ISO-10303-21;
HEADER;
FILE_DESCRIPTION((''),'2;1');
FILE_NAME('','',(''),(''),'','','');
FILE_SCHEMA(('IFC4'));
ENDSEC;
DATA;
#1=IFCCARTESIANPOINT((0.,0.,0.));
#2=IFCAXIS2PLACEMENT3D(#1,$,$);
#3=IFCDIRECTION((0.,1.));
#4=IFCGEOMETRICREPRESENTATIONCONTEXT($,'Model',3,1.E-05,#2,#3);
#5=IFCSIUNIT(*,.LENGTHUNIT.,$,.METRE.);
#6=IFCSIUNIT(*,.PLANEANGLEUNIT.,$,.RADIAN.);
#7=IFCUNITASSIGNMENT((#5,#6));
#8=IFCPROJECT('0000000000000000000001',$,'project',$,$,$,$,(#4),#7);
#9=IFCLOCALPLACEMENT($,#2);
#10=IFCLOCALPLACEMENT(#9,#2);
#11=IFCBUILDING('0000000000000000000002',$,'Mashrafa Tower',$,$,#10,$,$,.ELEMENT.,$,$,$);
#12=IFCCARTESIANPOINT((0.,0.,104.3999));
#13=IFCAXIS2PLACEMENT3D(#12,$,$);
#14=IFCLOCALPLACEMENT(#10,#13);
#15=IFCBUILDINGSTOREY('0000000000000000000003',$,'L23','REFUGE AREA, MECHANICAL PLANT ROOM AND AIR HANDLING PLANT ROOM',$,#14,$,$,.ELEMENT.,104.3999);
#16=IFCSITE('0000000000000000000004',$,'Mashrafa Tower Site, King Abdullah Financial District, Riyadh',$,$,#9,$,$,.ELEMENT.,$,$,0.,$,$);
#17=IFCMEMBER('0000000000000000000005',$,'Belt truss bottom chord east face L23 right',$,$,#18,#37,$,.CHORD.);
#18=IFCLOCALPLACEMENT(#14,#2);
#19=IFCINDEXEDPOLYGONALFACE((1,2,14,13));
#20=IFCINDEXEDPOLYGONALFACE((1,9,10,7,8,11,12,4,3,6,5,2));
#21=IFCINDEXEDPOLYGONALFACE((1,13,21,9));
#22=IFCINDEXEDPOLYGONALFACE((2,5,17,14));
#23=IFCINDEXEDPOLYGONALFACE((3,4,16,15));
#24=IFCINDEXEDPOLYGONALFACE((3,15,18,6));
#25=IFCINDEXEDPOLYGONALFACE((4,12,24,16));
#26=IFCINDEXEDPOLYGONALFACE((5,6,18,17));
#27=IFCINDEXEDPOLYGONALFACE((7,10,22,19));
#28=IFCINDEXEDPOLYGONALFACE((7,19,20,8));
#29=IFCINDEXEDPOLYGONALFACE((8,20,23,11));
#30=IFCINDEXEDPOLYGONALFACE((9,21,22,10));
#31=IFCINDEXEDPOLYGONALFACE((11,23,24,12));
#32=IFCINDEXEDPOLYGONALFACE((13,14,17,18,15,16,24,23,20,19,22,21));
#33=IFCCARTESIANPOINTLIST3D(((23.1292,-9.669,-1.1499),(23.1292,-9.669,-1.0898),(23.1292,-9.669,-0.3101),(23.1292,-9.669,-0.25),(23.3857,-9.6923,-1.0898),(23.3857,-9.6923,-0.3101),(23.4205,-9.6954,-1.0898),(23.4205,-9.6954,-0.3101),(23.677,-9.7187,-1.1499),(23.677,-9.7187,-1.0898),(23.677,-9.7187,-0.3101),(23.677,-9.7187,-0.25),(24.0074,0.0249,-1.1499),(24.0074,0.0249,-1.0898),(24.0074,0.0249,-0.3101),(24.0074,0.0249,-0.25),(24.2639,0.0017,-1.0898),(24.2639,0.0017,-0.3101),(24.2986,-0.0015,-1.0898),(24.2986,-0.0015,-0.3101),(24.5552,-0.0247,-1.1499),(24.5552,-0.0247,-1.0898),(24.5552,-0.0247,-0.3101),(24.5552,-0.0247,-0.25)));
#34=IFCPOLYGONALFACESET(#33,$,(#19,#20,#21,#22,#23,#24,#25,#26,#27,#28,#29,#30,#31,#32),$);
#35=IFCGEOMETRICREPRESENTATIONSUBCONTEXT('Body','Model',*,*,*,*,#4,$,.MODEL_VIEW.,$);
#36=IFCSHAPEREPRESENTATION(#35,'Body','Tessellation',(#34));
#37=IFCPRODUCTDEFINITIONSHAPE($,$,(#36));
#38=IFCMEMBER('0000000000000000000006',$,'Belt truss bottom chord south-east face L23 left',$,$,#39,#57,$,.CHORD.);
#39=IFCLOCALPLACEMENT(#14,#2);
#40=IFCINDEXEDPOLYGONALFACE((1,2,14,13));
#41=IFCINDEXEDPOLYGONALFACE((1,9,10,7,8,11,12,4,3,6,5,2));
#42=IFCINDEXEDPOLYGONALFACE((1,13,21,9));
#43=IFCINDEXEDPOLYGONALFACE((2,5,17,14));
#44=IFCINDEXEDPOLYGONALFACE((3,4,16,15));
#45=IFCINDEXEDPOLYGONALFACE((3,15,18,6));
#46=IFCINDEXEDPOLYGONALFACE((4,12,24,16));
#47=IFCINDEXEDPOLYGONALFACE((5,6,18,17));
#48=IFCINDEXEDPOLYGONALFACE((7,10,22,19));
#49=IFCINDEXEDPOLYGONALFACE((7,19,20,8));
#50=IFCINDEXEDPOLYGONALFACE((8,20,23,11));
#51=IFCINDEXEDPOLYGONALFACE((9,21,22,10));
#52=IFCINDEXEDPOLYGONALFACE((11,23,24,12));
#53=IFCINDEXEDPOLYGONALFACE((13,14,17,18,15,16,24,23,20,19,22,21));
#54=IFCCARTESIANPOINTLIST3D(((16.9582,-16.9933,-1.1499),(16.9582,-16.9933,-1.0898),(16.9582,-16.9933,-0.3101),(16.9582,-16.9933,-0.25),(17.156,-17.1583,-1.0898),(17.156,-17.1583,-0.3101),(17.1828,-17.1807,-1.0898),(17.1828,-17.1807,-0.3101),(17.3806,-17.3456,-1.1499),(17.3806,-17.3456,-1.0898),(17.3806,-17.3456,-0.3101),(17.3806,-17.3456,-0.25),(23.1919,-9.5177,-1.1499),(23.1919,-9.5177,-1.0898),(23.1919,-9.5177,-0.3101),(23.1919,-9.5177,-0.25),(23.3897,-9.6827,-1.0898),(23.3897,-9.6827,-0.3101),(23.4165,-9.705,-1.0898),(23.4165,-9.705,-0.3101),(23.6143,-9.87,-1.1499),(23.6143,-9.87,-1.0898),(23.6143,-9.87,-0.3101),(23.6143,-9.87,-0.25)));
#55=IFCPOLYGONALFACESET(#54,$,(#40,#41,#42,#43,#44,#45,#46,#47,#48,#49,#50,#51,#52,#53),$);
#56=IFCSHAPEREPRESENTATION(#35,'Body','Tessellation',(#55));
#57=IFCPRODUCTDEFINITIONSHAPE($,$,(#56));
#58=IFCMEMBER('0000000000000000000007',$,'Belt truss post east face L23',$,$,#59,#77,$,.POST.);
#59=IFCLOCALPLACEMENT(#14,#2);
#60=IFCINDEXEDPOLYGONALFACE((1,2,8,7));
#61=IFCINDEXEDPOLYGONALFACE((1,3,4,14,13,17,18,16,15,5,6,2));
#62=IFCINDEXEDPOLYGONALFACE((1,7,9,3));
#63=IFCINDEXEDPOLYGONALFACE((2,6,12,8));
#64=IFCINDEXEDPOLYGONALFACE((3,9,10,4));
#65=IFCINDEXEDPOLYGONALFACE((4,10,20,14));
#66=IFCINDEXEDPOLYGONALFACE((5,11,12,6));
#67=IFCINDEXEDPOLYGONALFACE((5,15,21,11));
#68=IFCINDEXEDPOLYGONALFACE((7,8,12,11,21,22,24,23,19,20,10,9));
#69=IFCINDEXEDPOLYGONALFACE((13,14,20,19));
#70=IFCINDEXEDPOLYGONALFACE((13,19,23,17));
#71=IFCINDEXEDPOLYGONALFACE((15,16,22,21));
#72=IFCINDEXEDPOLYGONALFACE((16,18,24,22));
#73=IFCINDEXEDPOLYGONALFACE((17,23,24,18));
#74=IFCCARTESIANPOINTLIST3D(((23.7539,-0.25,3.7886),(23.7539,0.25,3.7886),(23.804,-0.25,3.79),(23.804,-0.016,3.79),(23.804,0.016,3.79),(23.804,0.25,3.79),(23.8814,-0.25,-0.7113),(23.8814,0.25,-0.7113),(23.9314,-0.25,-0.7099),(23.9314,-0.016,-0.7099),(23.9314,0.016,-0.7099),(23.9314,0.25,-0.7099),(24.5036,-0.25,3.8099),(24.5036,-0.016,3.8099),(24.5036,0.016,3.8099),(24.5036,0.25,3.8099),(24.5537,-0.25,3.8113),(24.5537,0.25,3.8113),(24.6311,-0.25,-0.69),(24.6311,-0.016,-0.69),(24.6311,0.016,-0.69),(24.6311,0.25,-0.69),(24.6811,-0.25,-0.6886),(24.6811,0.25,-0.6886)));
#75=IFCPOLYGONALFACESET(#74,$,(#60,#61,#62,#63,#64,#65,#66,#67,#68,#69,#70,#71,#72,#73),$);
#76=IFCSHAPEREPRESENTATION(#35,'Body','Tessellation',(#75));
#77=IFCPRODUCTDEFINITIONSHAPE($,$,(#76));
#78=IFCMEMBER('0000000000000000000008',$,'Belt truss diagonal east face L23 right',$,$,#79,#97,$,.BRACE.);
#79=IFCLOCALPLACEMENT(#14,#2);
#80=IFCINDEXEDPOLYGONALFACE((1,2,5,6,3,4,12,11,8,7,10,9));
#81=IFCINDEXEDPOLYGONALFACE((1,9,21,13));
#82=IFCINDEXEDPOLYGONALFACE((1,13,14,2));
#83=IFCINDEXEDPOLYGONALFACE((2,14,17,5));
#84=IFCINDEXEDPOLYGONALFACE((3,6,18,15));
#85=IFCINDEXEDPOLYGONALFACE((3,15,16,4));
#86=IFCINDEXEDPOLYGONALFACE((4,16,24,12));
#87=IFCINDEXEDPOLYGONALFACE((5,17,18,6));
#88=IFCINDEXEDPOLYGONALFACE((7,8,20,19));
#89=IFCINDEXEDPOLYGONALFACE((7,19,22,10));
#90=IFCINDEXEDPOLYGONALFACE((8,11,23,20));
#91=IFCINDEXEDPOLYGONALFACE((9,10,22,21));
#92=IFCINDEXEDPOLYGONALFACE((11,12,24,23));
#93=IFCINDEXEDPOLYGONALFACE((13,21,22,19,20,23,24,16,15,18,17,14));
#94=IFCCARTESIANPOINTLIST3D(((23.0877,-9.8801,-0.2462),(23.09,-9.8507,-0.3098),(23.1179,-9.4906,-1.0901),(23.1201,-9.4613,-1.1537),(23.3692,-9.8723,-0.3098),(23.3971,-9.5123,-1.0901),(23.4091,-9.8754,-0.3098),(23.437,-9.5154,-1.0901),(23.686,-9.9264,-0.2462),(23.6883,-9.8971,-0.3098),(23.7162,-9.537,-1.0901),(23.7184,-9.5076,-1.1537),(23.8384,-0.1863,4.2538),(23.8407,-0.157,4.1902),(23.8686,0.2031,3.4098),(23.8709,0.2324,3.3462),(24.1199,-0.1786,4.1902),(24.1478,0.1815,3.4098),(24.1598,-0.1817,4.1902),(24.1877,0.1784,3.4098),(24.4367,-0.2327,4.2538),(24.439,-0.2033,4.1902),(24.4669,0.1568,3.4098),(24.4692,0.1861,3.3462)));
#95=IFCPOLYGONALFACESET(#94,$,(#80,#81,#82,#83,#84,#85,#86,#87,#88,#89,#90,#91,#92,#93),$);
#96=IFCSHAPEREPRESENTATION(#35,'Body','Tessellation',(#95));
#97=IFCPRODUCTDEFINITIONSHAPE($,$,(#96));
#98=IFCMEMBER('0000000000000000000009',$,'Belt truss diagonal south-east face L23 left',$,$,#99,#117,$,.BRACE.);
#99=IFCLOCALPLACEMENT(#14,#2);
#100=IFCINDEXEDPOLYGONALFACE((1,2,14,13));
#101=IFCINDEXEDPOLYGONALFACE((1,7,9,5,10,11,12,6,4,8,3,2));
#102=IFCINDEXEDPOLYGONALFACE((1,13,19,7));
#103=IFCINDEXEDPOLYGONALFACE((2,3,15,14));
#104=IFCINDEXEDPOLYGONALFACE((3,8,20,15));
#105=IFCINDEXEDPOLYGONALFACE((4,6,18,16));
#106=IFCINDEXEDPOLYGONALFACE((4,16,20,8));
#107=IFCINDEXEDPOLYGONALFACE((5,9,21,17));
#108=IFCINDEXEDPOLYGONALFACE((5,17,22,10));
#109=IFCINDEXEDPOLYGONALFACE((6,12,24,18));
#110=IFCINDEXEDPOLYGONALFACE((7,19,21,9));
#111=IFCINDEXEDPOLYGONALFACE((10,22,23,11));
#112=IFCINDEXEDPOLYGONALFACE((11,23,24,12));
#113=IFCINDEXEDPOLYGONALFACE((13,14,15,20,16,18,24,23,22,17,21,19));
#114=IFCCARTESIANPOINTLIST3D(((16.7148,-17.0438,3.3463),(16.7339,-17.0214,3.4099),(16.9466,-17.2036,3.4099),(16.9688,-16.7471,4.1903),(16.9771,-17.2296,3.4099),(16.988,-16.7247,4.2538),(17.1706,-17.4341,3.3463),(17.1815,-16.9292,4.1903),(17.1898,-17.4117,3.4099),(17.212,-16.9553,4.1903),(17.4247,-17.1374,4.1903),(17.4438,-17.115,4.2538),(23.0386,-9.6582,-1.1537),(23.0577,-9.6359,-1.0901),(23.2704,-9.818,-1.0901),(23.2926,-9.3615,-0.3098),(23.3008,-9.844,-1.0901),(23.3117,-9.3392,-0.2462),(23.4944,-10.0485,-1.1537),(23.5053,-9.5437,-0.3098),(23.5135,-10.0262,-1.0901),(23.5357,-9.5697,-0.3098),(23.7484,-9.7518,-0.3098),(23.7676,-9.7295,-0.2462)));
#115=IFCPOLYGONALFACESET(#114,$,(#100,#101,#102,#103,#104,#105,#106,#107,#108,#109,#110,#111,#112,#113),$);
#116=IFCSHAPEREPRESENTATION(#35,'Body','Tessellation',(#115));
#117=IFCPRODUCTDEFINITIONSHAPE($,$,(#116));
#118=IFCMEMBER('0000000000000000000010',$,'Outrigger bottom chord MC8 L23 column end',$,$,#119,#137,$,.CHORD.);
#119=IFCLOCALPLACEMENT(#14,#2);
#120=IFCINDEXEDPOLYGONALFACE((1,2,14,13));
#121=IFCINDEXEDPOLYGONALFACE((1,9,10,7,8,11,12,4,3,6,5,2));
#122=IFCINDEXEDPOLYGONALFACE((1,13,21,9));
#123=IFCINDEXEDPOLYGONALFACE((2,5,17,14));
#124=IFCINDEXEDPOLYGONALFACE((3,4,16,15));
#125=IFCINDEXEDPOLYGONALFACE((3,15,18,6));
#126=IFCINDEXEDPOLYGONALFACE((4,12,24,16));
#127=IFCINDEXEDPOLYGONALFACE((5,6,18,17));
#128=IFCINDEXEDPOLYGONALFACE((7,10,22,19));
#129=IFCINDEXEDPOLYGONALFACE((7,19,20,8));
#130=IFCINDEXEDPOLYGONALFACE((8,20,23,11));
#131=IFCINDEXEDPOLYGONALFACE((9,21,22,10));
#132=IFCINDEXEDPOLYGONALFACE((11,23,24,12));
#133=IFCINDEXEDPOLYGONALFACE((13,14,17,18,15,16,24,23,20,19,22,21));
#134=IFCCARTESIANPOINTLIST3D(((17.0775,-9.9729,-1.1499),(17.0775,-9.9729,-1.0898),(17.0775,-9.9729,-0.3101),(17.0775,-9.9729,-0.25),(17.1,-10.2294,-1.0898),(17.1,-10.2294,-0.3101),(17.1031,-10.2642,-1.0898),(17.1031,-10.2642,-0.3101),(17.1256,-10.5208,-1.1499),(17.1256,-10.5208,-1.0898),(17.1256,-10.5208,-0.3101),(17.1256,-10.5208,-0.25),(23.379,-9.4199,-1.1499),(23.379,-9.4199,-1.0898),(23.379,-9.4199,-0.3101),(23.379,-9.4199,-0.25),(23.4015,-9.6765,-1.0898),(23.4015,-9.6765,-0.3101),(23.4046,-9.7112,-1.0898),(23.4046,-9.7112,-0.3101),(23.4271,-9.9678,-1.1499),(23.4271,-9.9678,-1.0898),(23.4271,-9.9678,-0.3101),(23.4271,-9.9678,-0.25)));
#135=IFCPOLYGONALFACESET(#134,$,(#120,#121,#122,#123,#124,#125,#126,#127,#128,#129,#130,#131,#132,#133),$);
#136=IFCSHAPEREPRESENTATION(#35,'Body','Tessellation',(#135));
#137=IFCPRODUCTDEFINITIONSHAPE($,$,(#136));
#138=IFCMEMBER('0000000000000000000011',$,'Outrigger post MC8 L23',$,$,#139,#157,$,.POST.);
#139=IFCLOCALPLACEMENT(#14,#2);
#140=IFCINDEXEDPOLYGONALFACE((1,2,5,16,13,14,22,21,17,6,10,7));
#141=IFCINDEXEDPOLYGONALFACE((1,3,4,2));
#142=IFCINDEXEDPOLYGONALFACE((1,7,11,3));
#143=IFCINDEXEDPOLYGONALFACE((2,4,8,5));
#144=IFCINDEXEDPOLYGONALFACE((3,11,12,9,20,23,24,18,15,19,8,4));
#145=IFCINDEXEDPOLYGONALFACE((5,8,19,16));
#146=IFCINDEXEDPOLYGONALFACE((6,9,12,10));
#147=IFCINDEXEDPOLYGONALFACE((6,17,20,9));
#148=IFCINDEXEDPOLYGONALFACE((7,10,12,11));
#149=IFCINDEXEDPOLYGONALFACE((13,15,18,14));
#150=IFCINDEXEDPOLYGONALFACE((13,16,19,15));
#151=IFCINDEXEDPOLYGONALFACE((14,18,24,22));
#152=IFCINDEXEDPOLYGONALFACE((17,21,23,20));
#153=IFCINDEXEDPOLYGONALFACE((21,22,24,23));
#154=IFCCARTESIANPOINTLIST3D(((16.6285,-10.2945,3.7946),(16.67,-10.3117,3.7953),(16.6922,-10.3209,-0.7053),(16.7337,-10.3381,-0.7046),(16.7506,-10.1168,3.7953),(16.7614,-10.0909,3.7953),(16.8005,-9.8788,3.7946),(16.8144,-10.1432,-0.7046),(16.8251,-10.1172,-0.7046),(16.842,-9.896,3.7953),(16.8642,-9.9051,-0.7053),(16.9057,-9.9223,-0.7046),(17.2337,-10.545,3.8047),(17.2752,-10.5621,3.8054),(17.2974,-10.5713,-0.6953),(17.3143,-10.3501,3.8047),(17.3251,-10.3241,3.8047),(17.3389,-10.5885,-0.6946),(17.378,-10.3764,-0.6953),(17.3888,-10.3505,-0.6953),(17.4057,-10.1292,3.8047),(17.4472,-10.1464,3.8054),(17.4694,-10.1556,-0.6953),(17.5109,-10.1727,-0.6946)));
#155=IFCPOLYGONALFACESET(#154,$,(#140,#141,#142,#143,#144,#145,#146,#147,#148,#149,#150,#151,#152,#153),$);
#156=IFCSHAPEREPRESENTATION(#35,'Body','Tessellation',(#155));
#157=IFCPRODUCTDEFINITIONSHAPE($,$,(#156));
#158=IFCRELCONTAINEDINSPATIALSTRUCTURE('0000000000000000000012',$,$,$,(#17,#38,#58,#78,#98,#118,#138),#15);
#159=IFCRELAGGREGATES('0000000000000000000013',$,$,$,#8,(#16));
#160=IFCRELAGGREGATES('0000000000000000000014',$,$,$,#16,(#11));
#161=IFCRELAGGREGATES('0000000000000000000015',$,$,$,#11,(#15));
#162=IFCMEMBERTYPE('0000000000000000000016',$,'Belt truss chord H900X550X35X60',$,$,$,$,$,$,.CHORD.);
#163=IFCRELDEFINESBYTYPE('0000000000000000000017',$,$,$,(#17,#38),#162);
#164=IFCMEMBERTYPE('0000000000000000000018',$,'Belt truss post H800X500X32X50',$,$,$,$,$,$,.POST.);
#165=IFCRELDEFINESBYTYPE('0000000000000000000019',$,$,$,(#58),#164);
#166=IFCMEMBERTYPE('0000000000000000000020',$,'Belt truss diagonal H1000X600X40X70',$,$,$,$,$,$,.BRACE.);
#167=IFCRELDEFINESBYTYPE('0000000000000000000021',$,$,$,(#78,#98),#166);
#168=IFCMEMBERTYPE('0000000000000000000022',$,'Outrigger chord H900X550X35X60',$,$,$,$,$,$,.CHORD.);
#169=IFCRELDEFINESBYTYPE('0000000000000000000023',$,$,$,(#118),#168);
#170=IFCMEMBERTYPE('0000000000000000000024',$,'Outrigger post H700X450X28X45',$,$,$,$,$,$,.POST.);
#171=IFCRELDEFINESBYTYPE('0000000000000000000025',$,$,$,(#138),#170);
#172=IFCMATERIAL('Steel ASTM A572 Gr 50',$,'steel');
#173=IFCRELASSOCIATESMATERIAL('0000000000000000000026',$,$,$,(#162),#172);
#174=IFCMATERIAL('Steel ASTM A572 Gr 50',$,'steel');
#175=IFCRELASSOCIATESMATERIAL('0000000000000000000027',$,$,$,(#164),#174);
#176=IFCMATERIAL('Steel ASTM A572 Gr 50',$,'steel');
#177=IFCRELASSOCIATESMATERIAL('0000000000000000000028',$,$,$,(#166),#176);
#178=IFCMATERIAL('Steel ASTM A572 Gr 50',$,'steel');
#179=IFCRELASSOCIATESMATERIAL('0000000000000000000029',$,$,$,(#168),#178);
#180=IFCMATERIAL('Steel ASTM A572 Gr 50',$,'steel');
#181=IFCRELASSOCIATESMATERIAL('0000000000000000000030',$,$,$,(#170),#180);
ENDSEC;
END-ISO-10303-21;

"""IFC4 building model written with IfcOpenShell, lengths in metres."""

from ifc_helpers import new_model, si_unit, direction, frame, origin, origin_2d, place, context, subcontext, project, spatial, i_section, extrude, source, transform, mapped, material, material_profile, profile_set, type_object, type_shapes, element, save


model = new_model("IFC4")

# Units and contexts
model_context = context("Model", 3, precision=1e-05, world=origin(), true_north=direction((0.0, 1.0)))
body_context = subcontext(model_context, "Body", "Model", "MODEL_VIEW")
ifc_project = project(units=[si_unit("LENGTHUNIT", "METRE"), si_unit("PLANEANGLEUNIT", "RADIAN")], contexts=[model_context])

# Site, building, storey
site_placement = place(None, origin())
site = spatial("IfcSite", under=ifc_project, at=site_placement, Name="Mashrafa Tower Site, King Abdullah Financial District, Riyadh", CompositionType="ELEMENT", RefElevation=0.0)
building_placement = place(site_placement, origin())
building = spatial("IfcBuilding", under=site, at=building_placement, Name="Mashrafa Tower", CompositionType="ELEMENT")
storey_placement = place(building_placement, frame((0.0, 0.0, 104.3999)))
storey = spatial("IfcBuildingStorey", under=building, at=storey_placement, Name="L23", Description="REFUGE AREA, MECHANICAL PLANT ROOM AND AIR HANDLING PLANT ROOM", CompositionType="ELEMENT", Elevation=104.3999)

# Members
ifc_material_1 = material(Name="Steel ASTM A572 Gr 50", Category="steel")
ifc_material_profile_1 = material_profile(ifc_material_1, i_section(OverallWidth=0.55, OverallDepth=0.8999, WebThickness=0.0349, FlangeThickness=0.0601, at=origin_2d()), Name="H900X550X35X60")
ifc_profile_set_1 = profile_set([ifc_material_profile_1], Name="Steel ASTM A572 Gr 50")
member_type_1 = type_object("IfcMemberType", Name="Belt truss chord H900X550X35X60", PredefinedType="CHORD", material=ifc_profile_set_1)
shared_shape_1 = source(origin(), body_context, "Body", "SweptSolid", [
    extrude(i_section(OverallWidth=0.55, OverallDepth=0.8999, WebThickness=0.0349, FlangeThickness=0.0601, at=origin_2d()), origin(), (0.0, 0.0, 1.0), 9.7336),
])
type_shapes(member_type_1, [shared_shape_1])
for number, where, z_axis, x_axis, name in (
    (1, (23.4031, -9.6938, -0.7), (0.090221, 0.995922, 0.0), (-0.995922, 0.090221, 0.0), "Belt truss bottom chord east face L23 right"),
    (2, (23.4031, -9.6938, -0.7), (-0.640426, -0.76802, 0.0), (0.76802, -0.640426, 0.0), "Belt truss bottom chord south-east face L23 left"),
):
    element("IfcMember", number, at=place(storey_placement, frame(where, z_axis=z_axis, x_axis=x_axis)), inside=storey, type_object=member_type_1, Name=name, PredefinedType="CHORD", context=body_context, shape_type="MappedRepresentation", body=[
        mapped(shared_shape_1, transform((0.0, 0.0, 0.0))),
    ])
ifc_material_2 = material(Name="Steel ASTM A572 Gr 50", Category="steel")
ifc_material_profile_2 = material_profile(ifc_material_2, i_section(OverallWidth=0.5, OverallDepth=0.8, WebThickness=0.032, FlangeThickness=0.05, at=origin_2d()), Name="H800X500X32X50")
ifc_profile_set_2 = profile_set([ifc_material_profile_2], Name="Steel ASTM A572 Gr 50")
member_type_2 = type_object("IfcMemberType", Name="Belt truss post H800X500X32X50", PredefinedType="POST", material=ifc_profile_set_2)
shared_shape_2 = source(origin(), body_context, "Body", "SweptSolid", [
    extrude(i_section(OverallWidth=0.5, OverallDepth=0.8, WebThickness=0.032, FlangeThickness=0.05, at=origin_2d()), origin(), (0.0, 0.0, 1.0), 4.5017),
])
type_shapes(member_type_2, [shared_shape_2])
member_1_placement = place(storey_placement, frame((24.2812, 0.0, -0.7), z_axis=(-0.028309, 0.0, 0.999599), x_axis=(0.0, -1.0, 0.0)))
element("IfcMember", 3, at=member_1_placement, inside=storey, type_object=member_type_2, Name="Belt truss post east face L23", PredefinedType="POST", context=body_context, shape_type="MappedRepresentation", body=[
    mapped(shared_shape_2, transform((0.0, 0.0, 0.0))),
])
ifc_material_3 = material(Name="Steel ASTM A572 Gr 50", Category="steel")
ifc_material_profile_3 = material_profile(ifc_material_3, i_section(OverallWidth=0.6001, OverallDepth=1.0, WebThickness=0.04, FlangeThickness=0.0701, at=origin_2d()), Name="H1000X600X40X70")
ifc_profile_set_3 = profile_set([ifc_material_profile_3], Name="Steel ASTM A572 Gr 50")
member_type_3 = type_object("IfcMemberType", Name="Belt truss diagonal H1000X600X40X70", PredefinedType="BRACE", material=ifc_profile_set_3)
shared_shape_3 = source(origin(), body_context, "Body", "SweptSolid", [
    extrude(i_section(OverallWidth=0.6001, OverallDepth=1.0, WebThickness=0.04, FlangeThickness=0.0701, at=origin_2d()), origin(), (0.0, 0.0, 1.0), 10.7136),
])
member_2_placement = place(storey_placement, frame((23.4031, -9.6938, -0.7), z_axis=(0.070072, 0.904805, 0.420021), x_axis=(-0.997015, 0.077213, 0.0)))
element("IfcMember", 4, at=member_2_placement, inside=storey, type_object=member_type_3, Name="Belt truss diagonal east face L23 right", PredefinedType="BRACE", context=body_context, shape_type="MappedRepresentation", body=[
    mapped(shared_shape_3, transform((0.0, 0.0, 0.0))),
])
shared_shape_4 = source(origin(), body_context, "Body", "SweptSolid", [
    extrude(i_section(OverallWidth=0.6001, OverallDepth=1.0, WebThickness=0.04, FlangeThickness=0.0701, at=origin_2d()), origin(), (0.0, 0.0, 1.0), 10.7139),
])
type_shapes(member_type_3, [shared_shape_3, shared_shape_4])
member_3_placement = place(storey_placement, frame((23.4031, -9.6938, -0.7), z_axis=(-0.590243, -0.689345, 0.42002), x_axis=(0.759597, -0.650394, 0.0)))
element("IfcMember", 5, at=member_3_placement, inside=storey, type_object=member_type_3, Name="Belt truss diagonal south-east face L23 left", PredefinedType="BRACE", context=body_context, shape_type="MappedRepresentation", body=[
    mapped(shared_shape_4, transform((0.0, 0.0, 0.0))),
])
ifc_material_4 = material(Name="Steel ASTM A572 Gr 50", Category="steel")
ifc_material_profile_4 = material_profile(ifc_material_4, i_section(OverallWidth=0.55, OverallDepth=0.8999, WebThickness=0.0349, FlangeThickness=0.0601, at=origin_2d()), Name="H900X550X35X60")
ifc_profile_set_4 = profile_set([ifc_material_profile_4], Name="Steel ASTM A572 Gr 50")
member_type_4 = type_object("IfcMemberType", Name="Outrigger chord H900X550X35X60", PredefinedType="CHORD", material=ifc_profile_set_4)
shared_shape_5 = source(origin(), body_context, "Body", "SweptSolid", [
    extrude(i_section(OverallWidth=0.55, OverallDepth=0.8999, WebThickness=0.0349, FlangeThickness=0.0601, at=origin_2d()), origin(), (0.0, 0.0, 1.0), 6.3257),
])
type_shapes(member_type_4, [shared_shape_5])
member_4_placement = place(storey_placement, frame((17.1016, -10.2468, -0.7), z_axis=(0.996172, 0.087417, 0.0), x_axis=(-0.087417, 0.996172, 0.0)))
element("IfcMember", 6, at=member_4_placement, inside=storey, type_object=member_type_4, Name="Outrigger bottom chord MC8 L23 column end", PredefinedType="CHORD", context=body_context, shape_type="MappedRepresentation", body=[
    mapped(shared_shape_5, transform((0.0, 0.0, 0.0))),
])
ifc_material_5 = material(Name="Steel ASTM A572 Gr 50", Category="steel")
ifc_material_profile_5 = material_profile(ifc_material_5, i_section(OverallWidth=0.45, OverallDepth=0.7, WebThickness=0.0281, FlangeThickness=0.0449, at=origin_2d()), Name="H700X450X28X45")
ifc_profile_set_5 = profile_set([ifc_material_profile_5], Name="Steel ASTM A572 Gr 50")
member_type_5 = type_object("IfcMemberType", Name="Outrigger post H700X450X28X45", PredefinedType="POST", material=ifc_profile_set_5)
shared_shape_6 = source(origin(), body_context, "Body", "SweptSolid", [
    extrude(i_section(OverallWidth=0.45, OverallDepth=0.7, WebThickness=0.0281, FlangeThickness=0.0449, at=origin_2d()), origin(), (0.0, 0.0, 1.0), 4.5005),
])
type_shapes(member_type_5, [shared_shape_6])
member_5_placement = place(storey_placement, frame((17.1016, -10.2468, -0.7), z_axis=(-0.014158, 0.005859, 0.999883), x_axis=(-0.382352, -0.924017, 0.0)))
element("IfcMember", 7, at=member_5_placement, inside=storey, type_object=member_type_5, Name="Outrigger post MC8 L23", PredefinedType="POST", context=body_context, shape_type="MappedRepresentation", body=[
    mapped(shared_shape_6, transform((0.0, 0.0, 0.0))),
])

save(model, "model.ifc")
